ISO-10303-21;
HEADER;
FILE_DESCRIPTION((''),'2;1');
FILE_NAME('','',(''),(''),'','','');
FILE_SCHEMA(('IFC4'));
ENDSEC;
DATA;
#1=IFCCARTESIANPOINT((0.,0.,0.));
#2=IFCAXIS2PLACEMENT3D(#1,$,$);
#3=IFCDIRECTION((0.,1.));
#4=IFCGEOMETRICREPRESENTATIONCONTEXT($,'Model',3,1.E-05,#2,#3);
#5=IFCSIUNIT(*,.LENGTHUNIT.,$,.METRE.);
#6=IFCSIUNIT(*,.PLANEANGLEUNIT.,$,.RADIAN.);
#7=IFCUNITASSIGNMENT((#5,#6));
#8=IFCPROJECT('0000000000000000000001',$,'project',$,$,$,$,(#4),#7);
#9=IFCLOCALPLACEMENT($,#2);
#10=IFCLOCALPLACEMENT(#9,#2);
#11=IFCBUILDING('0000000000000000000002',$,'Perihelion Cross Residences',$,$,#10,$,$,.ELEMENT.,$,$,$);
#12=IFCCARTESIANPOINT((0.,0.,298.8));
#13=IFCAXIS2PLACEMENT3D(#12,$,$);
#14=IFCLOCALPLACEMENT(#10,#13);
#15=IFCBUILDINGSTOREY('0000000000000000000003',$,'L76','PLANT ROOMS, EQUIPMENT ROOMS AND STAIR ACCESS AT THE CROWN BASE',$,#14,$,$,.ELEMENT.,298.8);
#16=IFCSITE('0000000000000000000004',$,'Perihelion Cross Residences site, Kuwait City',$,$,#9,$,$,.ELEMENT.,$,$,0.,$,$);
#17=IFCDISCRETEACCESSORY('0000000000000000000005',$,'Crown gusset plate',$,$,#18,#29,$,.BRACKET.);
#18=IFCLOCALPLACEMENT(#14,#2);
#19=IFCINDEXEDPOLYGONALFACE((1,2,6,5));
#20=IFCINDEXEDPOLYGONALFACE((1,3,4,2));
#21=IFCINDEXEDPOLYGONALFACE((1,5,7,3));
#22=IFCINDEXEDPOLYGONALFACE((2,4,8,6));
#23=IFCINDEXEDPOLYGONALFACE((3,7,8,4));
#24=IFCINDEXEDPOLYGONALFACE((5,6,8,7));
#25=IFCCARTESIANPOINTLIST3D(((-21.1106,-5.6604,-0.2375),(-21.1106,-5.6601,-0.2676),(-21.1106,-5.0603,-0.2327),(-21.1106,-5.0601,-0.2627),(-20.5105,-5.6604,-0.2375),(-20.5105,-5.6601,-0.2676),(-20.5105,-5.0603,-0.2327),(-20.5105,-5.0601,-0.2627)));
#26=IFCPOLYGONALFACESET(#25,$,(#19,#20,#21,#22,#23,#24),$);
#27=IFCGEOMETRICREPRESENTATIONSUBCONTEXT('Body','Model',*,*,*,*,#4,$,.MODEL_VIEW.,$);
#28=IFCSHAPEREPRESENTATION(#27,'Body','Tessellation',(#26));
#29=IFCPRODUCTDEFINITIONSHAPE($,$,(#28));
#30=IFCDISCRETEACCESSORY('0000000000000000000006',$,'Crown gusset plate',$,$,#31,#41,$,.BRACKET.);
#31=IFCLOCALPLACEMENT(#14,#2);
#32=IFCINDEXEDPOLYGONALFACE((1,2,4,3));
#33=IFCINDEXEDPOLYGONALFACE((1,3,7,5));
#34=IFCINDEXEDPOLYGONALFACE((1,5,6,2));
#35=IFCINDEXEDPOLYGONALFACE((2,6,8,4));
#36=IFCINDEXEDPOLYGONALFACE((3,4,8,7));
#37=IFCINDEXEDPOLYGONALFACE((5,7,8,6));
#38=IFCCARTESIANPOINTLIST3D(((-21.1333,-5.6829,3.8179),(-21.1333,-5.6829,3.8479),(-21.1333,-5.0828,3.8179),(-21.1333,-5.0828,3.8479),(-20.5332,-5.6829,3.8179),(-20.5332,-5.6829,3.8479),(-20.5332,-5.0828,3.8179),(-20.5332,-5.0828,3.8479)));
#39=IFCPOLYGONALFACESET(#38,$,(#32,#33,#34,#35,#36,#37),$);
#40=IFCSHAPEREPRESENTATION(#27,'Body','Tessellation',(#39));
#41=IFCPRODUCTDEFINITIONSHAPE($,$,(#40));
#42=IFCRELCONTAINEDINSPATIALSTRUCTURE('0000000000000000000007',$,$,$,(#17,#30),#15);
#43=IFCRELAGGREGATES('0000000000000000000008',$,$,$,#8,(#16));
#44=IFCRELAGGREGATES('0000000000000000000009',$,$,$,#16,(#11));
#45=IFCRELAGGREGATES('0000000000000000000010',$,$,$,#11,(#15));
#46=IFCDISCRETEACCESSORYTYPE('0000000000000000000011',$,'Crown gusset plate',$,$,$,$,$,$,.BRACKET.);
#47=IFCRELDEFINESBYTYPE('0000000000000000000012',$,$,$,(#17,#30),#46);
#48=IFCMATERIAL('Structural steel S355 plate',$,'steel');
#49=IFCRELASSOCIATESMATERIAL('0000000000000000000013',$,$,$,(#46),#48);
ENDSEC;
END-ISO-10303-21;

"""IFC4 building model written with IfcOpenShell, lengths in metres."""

from ifc_helpers import new_model, si_unit, direction, frame, origin, origin_2d, place, context, subcontext, project, spatial, rectangle, extrude, material, material_profile, profile_set, type_object, element, save


model = new_model("IFC4")

# Units and contexts
model_context = context("Model", 3, precision=1e-05, world=origin(), true_north=direction((0.0, 1.0)))
body_context = subcontext(model_context, "Body", "Model", "MODEL_VIEW")
ifc_project = project(units=[si_unit("LENGTHUNIT", "METRE"), si_unit("PLANEANGLEUNIT", "RADIAN")], contexts=[model_context])

# Site, building, storey
site_placement = place(None, origin())
site = spatial("IfcSite", under=ifc_project, at=site_placement, Name="Perihelion Cross Residences site, Kuwait City", CompositionType="ELEMENT", RefElevation=0.0)
building_placement = place(site_placement, origin())
building = spatial("IfcBuilding", under=site, at=building_placement, Name="Perihelion Cross Residences", CompositionType="ELEMENT")
storey_placement = place(building_placement, frame((0.0, 0.0, 298.8)))
storey = spatial("IfcBuildingStorey", under=building, at=storey_placement, Name="L76", Description="PLANT ROOMS, EQUIPMENT ROOMS AND STAIR ACCESS AT THE CROWN BASE", CompositionType="ELEMENT", Elevation=298.8)

# Discrete accessories
ifc_material_1 = material(Name="Structural steel S355 plate", Category="steel")
ifc_material_profile_1 = material_profile(ifc_material_1, rectangle(XDim=0.6001, YDim=0.6001, at=origin_2d()), Name="Crown gusset plate")
ifc_profile_set_1 = profile_set([ifc_material_profile_1], Name="Structural steel S355 plate")
discrete_accessory_type_1 = type_object("IfcDiscreteAccessoryType", Name="Crown gusset plate", PredefinedType="BRACKET", material=ifc_profile_set_1)
for number, where, z_axis, x_axis, name in (
    (1, (-20.8105, -5.3601, -0.2651), (0.0, -0.00813, 0.999967), (1.0, 0.0, 0.0), "Crown gusset plate"),
    (2, (-20.8333, -5.3828, 3.8179), (0.0, 0.0, 1.0), (1.0, 0.0, 0.0), "Crown gusset plate"),
):
    element("IfcDiscreteAccessory", number, at=place(storey_placement, frame(where, z_axis=z_axis, x_axis=x_axis)), inside=storey, type_object=discrete_accessory_type_1, Name=name, PredefinedType="BRACKET", context=body_context, shape_type="SweptSolid", body=[
        extrude(rectangle(XDim=0.6001, YDim=0.6001, at=origin_2d()), origin(), (0.0, 0.0, 1.0), 0.03),
    ])

save(model, "model.ifc")
